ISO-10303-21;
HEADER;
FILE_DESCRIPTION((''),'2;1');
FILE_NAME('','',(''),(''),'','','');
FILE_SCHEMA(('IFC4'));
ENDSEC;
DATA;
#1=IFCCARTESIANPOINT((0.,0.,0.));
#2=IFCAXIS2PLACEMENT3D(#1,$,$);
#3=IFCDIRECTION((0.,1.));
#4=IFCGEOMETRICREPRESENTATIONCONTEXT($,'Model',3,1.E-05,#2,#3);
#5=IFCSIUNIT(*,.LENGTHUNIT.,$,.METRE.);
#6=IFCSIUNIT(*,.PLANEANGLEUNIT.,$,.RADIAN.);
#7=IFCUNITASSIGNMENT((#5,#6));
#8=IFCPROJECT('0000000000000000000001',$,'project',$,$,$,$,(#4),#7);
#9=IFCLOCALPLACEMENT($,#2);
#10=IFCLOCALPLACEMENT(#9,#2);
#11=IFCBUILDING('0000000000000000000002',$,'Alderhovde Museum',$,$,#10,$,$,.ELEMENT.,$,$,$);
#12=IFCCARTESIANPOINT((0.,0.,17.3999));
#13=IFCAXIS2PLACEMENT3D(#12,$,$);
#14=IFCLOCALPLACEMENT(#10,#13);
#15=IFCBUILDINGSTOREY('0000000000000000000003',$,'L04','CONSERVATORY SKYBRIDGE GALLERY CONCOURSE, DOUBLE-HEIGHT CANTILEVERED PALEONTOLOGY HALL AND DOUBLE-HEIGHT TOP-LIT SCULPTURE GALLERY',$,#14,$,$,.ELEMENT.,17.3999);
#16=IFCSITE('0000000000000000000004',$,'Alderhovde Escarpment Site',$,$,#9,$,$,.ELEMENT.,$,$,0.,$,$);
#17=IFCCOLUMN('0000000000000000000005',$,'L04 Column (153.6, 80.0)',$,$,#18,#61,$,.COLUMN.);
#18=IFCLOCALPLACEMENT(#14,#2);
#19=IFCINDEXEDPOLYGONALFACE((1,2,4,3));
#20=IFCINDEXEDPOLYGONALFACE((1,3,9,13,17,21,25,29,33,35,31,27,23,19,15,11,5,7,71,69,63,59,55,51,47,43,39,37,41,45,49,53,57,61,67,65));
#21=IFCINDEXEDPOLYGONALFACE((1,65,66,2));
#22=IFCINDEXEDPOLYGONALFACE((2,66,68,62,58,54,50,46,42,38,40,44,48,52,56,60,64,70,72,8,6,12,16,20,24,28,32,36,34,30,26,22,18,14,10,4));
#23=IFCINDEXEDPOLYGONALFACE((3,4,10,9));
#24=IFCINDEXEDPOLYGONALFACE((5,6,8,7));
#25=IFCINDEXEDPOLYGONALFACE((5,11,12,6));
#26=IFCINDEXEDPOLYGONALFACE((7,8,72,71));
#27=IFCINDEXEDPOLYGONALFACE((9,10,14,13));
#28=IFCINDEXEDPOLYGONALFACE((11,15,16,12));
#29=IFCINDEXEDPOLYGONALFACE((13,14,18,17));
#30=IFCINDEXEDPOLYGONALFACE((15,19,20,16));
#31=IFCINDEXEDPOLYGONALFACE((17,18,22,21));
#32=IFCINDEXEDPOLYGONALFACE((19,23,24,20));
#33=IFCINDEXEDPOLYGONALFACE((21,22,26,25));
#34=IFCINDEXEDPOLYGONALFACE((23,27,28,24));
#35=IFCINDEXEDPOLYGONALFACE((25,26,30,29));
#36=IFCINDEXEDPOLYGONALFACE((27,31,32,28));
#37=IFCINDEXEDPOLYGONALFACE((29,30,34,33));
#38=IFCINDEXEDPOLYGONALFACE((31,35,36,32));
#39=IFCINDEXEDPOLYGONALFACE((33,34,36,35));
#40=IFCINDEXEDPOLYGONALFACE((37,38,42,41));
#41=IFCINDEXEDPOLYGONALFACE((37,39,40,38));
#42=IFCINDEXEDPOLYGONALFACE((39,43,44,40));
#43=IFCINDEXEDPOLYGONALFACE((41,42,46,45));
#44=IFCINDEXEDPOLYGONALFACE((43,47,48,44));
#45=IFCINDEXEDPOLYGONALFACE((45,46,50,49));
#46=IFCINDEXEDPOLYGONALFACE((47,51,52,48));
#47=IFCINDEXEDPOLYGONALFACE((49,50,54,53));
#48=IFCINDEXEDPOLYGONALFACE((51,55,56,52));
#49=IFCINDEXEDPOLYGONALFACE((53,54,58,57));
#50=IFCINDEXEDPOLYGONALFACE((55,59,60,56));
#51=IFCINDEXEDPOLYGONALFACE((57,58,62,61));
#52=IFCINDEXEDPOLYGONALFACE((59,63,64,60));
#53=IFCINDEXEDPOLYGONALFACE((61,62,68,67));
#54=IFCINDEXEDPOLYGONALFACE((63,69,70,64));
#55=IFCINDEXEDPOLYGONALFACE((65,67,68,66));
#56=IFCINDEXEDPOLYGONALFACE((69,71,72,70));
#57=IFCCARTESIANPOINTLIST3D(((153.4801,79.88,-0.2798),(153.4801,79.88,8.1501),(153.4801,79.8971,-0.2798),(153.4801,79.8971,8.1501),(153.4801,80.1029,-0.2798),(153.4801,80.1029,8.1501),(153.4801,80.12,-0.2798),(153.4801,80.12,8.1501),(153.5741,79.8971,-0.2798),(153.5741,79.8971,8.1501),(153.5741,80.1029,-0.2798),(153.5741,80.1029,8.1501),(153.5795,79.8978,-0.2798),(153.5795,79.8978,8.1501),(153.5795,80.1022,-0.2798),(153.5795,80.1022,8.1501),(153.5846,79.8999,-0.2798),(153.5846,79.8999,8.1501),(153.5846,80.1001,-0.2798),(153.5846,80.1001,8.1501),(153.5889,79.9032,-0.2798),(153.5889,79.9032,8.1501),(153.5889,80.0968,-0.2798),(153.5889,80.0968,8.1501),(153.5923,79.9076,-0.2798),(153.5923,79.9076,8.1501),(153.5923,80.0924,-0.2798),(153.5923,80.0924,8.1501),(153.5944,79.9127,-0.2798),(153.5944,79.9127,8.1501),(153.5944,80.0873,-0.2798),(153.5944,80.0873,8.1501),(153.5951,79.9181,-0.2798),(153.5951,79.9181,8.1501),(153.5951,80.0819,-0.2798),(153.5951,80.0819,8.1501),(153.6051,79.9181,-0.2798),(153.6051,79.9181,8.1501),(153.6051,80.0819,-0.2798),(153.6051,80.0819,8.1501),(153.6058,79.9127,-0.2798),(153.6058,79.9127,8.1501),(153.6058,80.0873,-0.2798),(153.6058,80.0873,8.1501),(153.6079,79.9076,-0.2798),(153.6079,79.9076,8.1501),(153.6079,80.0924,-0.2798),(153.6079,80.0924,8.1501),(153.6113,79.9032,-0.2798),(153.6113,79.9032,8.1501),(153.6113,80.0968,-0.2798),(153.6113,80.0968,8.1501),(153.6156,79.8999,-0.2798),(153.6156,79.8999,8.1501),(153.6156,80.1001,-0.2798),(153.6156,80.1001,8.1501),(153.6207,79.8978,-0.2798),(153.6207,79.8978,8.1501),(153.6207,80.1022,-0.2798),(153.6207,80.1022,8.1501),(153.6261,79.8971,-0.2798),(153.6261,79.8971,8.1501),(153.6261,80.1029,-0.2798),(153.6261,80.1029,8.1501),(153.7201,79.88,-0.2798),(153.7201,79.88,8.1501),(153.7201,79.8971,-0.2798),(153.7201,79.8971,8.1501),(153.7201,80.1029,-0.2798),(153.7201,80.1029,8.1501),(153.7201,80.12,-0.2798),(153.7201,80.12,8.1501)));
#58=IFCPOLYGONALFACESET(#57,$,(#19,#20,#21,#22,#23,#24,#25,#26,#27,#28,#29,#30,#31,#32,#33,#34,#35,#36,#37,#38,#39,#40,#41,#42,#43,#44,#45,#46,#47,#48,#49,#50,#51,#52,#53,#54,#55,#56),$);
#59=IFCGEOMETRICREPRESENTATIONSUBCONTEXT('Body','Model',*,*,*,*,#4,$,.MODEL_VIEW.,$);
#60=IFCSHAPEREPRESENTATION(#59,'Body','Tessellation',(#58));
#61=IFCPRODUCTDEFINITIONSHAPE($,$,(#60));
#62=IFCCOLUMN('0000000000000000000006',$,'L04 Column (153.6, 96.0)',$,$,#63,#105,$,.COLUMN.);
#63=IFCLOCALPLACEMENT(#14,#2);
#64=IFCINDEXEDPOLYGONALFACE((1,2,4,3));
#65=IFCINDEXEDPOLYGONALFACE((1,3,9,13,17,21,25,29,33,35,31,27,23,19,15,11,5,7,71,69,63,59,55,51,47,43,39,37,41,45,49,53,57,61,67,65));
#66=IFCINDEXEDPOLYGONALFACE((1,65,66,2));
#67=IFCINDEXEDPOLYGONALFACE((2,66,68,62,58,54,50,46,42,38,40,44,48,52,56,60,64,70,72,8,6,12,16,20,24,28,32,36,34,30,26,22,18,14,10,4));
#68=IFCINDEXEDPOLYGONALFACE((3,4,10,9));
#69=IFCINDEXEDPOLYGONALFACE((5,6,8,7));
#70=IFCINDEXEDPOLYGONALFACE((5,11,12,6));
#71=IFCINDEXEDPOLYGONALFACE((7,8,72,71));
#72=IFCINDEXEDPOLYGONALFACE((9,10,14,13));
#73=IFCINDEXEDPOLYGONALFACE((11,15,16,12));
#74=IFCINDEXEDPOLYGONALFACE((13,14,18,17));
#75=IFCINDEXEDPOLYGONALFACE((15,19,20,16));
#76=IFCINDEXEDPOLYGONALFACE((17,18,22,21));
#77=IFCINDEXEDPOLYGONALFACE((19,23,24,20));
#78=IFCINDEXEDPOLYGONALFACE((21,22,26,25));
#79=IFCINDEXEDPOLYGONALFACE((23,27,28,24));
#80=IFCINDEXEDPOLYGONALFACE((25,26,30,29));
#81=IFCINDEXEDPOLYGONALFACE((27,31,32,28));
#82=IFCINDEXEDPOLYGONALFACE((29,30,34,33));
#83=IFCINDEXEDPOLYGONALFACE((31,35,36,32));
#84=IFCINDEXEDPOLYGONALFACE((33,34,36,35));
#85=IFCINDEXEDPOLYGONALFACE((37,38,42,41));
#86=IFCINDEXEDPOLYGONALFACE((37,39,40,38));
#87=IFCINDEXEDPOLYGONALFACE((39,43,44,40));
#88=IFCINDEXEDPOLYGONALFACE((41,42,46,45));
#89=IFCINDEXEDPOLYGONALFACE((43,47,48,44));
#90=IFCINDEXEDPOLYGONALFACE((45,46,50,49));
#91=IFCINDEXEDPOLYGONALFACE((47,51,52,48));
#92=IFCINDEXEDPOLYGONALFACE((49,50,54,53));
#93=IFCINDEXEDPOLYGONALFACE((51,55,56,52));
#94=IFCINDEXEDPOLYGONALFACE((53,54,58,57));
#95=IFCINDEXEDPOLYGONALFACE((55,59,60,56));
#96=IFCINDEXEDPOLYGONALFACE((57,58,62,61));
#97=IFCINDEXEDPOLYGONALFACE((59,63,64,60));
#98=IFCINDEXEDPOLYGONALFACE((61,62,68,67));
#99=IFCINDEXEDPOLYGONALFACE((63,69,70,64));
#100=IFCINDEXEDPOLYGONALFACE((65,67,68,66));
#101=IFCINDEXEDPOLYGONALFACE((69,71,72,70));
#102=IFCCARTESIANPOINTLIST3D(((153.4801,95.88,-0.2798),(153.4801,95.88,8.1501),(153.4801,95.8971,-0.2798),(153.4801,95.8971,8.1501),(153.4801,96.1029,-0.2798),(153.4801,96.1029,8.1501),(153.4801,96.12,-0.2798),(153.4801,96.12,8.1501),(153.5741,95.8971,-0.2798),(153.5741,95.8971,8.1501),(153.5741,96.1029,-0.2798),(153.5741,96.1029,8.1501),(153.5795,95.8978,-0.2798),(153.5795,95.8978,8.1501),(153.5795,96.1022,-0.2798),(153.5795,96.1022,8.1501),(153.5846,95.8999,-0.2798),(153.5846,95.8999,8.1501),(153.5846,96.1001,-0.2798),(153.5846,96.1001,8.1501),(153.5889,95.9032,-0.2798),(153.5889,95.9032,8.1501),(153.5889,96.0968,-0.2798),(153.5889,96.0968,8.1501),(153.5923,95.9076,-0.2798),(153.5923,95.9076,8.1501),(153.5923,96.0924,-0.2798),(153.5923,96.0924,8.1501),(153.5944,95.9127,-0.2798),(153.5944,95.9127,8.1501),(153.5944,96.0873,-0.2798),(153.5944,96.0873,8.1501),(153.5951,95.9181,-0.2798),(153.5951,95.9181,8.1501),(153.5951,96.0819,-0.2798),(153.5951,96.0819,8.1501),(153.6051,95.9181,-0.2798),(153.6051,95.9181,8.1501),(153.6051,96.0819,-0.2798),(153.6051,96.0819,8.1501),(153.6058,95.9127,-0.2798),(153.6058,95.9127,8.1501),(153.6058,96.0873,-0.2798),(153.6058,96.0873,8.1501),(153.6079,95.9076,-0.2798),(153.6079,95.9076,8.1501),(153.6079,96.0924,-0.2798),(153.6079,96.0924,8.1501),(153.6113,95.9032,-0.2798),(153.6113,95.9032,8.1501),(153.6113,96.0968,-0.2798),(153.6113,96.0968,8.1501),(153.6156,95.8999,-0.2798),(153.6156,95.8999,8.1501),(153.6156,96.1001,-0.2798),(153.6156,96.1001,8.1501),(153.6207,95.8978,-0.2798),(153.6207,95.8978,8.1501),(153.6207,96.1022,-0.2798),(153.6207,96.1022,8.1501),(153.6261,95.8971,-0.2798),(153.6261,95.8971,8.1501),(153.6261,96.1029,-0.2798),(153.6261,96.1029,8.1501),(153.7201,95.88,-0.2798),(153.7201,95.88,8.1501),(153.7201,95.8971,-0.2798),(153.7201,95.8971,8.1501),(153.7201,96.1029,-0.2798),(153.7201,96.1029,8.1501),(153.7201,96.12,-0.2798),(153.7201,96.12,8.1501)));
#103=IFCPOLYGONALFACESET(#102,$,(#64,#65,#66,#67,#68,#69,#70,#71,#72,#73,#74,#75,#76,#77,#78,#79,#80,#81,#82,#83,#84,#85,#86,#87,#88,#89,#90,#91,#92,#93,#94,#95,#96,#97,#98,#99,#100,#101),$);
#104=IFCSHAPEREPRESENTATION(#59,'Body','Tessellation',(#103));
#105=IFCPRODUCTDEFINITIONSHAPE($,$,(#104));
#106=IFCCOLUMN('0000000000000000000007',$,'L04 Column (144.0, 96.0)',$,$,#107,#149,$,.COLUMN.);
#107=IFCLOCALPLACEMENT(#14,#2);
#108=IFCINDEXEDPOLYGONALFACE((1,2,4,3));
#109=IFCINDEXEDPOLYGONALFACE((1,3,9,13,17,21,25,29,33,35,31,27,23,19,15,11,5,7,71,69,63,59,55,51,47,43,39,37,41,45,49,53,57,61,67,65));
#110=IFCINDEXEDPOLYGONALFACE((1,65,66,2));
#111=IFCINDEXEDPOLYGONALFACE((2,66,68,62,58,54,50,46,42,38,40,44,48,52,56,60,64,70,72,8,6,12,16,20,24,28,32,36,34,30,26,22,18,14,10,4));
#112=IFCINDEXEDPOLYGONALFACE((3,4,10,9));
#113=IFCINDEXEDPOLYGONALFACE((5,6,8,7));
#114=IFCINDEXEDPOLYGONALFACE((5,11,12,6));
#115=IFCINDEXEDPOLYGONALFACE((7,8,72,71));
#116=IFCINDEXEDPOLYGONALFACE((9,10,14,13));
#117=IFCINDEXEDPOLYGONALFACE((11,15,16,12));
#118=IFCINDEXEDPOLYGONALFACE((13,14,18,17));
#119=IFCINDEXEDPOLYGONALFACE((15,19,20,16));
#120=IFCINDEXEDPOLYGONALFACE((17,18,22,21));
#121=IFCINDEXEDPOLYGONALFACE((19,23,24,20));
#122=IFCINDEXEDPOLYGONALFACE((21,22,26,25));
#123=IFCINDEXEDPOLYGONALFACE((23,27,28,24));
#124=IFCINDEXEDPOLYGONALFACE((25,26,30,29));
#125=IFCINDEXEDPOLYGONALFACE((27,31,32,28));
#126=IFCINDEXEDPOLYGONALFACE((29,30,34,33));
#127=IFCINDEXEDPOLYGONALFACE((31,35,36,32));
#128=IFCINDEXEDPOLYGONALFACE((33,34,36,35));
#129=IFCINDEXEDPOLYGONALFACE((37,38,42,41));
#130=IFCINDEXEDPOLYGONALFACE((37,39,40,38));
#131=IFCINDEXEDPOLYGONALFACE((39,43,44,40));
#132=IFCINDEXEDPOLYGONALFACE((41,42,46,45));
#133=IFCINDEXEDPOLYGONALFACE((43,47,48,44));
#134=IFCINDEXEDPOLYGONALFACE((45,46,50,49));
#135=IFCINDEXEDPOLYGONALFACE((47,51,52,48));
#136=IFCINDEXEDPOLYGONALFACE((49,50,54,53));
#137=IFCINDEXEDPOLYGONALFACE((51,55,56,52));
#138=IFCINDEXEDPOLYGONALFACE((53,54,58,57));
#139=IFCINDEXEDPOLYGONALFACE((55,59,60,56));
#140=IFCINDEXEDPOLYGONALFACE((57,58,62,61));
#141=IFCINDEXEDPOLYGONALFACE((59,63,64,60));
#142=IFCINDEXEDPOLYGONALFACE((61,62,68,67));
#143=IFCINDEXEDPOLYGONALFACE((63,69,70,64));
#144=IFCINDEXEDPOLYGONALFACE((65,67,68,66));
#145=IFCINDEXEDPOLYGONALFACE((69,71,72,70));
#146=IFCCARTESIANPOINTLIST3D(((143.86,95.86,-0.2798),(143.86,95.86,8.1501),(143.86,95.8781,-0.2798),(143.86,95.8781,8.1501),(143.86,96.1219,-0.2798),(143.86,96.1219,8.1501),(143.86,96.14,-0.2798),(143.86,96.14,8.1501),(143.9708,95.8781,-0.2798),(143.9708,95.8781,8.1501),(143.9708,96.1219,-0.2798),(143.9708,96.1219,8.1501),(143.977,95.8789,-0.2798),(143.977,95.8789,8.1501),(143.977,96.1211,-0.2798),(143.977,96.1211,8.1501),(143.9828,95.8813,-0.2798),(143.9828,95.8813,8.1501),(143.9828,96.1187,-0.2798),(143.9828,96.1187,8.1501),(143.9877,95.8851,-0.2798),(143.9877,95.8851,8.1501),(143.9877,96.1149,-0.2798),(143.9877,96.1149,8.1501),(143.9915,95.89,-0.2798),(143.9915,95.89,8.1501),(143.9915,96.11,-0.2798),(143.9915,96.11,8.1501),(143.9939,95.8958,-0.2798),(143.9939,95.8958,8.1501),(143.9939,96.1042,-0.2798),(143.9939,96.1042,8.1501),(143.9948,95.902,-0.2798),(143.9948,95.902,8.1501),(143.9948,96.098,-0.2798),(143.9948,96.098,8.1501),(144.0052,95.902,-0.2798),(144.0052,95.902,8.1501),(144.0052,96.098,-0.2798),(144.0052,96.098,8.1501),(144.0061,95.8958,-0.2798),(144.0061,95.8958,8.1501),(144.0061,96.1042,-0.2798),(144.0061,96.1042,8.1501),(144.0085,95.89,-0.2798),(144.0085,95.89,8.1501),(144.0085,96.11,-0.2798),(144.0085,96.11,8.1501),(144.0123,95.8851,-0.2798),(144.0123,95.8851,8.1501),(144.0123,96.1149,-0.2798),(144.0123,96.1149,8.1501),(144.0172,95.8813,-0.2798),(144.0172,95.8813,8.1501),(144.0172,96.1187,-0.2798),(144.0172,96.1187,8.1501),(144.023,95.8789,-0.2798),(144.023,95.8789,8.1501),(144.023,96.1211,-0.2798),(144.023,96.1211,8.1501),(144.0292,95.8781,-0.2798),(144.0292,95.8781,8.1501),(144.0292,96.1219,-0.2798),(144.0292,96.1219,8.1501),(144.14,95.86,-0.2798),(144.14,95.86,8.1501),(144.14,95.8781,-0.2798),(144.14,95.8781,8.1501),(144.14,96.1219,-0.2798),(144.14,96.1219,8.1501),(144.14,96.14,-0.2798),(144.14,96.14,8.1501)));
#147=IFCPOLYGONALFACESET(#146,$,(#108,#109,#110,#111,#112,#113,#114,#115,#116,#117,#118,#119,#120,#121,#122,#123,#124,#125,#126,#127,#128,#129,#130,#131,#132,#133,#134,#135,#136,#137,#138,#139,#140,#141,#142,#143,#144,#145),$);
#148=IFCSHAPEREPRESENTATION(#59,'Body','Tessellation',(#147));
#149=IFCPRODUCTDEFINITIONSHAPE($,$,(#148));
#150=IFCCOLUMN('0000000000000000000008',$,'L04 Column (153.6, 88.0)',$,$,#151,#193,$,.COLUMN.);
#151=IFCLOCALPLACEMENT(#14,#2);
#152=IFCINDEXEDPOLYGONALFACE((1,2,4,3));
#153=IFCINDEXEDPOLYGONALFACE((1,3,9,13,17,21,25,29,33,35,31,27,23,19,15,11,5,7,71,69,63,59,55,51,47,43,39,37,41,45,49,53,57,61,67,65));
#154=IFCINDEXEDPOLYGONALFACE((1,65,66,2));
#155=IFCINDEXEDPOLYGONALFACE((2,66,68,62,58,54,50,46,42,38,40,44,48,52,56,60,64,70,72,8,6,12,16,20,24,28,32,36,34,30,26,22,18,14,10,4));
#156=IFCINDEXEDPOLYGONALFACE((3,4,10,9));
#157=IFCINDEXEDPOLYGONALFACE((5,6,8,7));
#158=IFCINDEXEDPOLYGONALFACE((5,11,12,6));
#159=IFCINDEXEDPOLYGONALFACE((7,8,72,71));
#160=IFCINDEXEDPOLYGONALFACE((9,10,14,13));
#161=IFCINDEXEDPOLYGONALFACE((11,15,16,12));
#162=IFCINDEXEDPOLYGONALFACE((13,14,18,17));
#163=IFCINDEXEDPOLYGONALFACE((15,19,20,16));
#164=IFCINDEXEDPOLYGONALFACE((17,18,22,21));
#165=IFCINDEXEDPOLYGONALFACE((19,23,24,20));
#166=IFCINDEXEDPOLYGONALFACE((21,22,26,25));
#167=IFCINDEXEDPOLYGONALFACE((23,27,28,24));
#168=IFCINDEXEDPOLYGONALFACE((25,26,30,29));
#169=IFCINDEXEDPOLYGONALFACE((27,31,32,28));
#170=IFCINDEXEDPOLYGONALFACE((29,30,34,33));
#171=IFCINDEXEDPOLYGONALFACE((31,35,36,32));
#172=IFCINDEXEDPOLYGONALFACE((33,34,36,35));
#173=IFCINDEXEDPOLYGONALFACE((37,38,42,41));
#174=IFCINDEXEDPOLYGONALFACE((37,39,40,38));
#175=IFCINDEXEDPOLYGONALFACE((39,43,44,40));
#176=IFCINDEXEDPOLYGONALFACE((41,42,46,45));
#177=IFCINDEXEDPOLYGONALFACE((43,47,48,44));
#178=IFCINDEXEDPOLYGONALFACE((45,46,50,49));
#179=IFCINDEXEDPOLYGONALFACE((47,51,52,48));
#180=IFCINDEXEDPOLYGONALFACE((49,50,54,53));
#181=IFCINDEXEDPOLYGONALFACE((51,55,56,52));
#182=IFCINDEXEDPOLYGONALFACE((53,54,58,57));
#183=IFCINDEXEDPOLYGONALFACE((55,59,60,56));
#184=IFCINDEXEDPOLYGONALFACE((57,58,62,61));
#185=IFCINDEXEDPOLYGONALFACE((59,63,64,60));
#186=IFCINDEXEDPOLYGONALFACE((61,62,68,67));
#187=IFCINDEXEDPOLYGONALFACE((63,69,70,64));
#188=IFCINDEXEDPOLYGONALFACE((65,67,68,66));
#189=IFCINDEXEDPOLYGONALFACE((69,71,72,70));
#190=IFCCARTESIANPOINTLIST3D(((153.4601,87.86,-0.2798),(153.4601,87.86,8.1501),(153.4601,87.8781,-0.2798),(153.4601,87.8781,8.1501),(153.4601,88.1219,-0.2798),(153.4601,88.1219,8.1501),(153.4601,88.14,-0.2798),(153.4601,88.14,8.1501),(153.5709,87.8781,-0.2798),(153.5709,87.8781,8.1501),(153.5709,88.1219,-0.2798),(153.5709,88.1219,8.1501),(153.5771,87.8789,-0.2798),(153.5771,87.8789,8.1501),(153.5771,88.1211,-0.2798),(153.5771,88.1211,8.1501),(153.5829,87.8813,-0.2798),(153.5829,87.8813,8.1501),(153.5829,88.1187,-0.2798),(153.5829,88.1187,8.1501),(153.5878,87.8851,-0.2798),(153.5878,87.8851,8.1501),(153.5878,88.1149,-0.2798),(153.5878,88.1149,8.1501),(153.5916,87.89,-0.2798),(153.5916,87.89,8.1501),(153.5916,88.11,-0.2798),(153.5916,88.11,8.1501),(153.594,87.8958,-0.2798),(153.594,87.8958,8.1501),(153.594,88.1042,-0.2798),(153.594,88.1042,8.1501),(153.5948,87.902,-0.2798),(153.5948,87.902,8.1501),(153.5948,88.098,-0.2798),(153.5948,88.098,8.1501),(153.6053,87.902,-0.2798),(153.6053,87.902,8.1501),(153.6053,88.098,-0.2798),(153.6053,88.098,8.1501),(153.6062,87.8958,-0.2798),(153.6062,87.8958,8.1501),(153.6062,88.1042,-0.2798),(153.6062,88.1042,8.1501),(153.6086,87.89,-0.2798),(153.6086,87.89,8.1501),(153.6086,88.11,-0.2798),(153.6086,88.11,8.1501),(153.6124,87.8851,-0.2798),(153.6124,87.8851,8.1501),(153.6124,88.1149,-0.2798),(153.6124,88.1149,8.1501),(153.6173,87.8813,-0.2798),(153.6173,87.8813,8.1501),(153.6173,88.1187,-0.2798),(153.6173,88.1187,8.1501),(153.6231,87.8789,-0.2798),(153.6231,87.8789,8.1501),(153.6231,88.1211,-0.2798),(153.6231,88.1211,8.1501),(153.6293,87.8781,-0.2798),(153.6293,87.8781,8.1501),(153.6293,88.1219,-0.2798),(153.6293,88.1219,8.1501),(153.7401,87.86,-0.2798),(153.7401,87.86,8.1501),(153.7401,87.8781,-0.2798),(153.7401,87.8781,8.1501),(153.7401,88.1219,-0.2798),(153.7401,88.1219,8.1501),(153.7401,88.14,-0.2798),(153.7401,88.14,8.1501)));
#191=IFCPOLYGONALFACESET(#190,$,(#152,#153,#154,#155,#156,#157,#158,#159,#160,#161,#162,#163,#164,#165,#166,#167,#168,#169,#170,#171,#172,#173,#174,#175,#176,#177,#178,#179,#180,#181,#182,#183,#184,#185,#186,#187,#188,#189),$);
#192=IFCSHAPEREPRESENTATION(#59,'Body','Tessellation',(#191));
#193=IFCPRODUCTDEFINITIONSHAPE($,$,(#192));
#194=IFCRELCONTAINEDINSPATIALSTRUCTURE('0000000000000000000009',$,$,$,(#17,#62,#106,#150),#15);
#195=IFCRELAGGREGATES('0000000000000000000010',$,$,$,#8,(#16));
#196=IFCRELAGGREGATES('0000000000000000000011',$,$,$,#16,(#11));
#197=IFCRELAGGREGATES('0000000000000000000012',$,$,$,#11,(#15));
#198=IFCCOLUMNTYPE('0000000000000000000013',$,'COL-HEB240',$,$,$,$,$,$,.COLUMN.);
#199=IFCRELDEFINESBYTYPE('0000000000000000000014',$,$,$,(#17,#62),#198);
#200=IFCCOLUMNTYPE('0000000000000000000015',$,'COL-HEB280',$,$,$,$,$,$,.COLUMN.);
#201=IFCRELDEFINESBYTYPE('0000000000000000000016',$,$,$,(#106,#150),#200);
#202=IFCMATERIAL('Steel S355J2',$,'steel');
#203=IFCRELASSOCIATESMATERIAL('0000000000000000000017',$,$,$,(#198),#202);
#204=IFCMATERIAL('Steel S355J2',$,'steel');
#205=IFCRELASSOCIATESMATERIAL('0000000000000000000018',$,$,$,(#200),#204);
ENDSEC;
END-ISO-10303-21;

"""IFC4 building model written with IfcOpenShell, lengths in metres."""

from ifc_helpers import new_model, si_unit, direction, frame, origin, origin_2d, place, context, subcontext, project, spatial, i_section, extrude, material, material_profile, profile_set, type_object, element, save


model = new_model("IFC4")

# Units and contexts
model_context = context("Model", 3, precision=1e-05, world=origin(), true_north=direction((0.0, 1.0)))
body_context = subcontext(model_context, "Body", "Model", "MODEL_VIEW")
ifc_project = project(units=[si_unit("LENGTHUNIT", "METRE"), si_unit("PLANEANGLEUNIT", "RADIAN")], contexts=[model_context])

# Site, building, storey
site_placement = place(None, origin())
site = spatial("IfcSite", under=ifc_project, at=site_placement, Name="Alderhovde Escarpment Site", CompositionType="ELEMENT", RefElevation=0.0)
building_placement = place(site_placement, origin())
building = spatial("IfcBuilding", under=site, at=building_placement, Name="Alderhovde Museum", CompositionType="ELEMENT")
storey_placement = place(building_placement, frame((0.0, 0.0, 17.3999)))
storey = spatial("IfcBuildingStorey", under=building, at=storey_placement, Name="L04", Description="CONSERVATORY SKYBRIDGE GALLERY CONCOURSE, DOUBLE-HEIGHT CANTILEVERED PALEONTOLOGY HALL AND DOUBLE-HEIGHT TOP-LIT SCULPTURE GALLERY", CompositionType="ELEMENT", Elevation=17.3999)

# Columns
ifc_material_1 = material(Name="Steel S355J2", Category="steel")
ifc_material_profile_1 = material_profile(ifc_material_1, i_section(OverallWidth=0.24, OverallDepth=0.24, WebThickness=0.01, FlangeThickness=0.0171, FilletRadius=0.021, at=origin_2d()), Name="HEB 240")
ifc_profile_set_1 = profile_set([ifc_material_profile_1], Name="Steel S355J2")
column_type_1 = type_object("IfcColumnType", Name="COL-HEB240", PredefinedType="COLUMN", material=ifc_profile_set_1)
for number, where, z_axis, x_axis, name in (
    (1, (153.6001, 80.0, -0.2798), (0.0, 0.0, 1.0), (1.0, 0.0, 0.0), "L04 Column (153.6, 80.0)"),
    (2, (153.6001, 96.0, -0.2798), (0.0, 0.0, 1.0), (1.0, 0.0, 0.0), "L04 Column (153.6, 96.0)"),
):
    element("IfcColumn", number, at=place(storey_placement, frame(where, z_axis=z_axis, x_axis=x_axis)), inside=storey, type_object=column_type_1, Name=name, PredefinedType="COLUMN", context=body_context, shape_type="SweptSolid", body=[
        extrude(i_section(OverallWidth=0.24, OverallDepth=0.24, WebThickness=0.01, FlangeThickness=0.0171, FilletRadius=0.021, at=origin_2d()), origin(), (0.0, 0.0, 1.0), 8.4299),
    ])
ifc_material_2 = material(Name="Steel S355J2", Category="steel")
ifc_material_profile_2 = material_profile(ifc_material_2, i_section(OverallWidth=0.28, OverallDepth=0.28, WebThickness=0.0105, FlangeThickness=0.0181, FilletRadius=0.0239, at=origin_2d()), Name="HEB 280")
ifc_profile_set_2 = profile_set([ifc_material_profile_2], Name="Steel S355J2")
column_type_2 = type_object("IfcColumnType", Name="COL-HEB280", PredefinedType="COLUMN", material=ifc_profile_set_2)
for number, where, z_axis, x_axis, name in (
    (3, (144.0, 96.0, -0.2798), (0.0, 0.0, 1.0), (1.0, 0.0, 0.0), "L04 Column (144.0, 96.0)"),
    (4, (153.6001, 88.0, -0.2798), (0.0, 0.0, 1.0), (1.0, 0.0, 0.0), "L04 Column (153.6, 88.0)"),
):
    element("IfcColumn", number, at=place(storey_placement, frame(where, z_axis=z_axis, x_axis=x_axis)), inside=storey, type_object=column_type_2, Name=name, PredefinedType="COLUMN", context=body_context, shape_type="SweptSolid", body=[
        extrude(i_section(OverallWidth=0.28, OverallDepth=0.28, WebThickness=0.0105, FlangeThickness=0.0181, FilletRadius=0.0239, at=origin_2d()), origin(), (0.0, 0.0, 1.0), 8.4299),
    ])

save(model, "model.ifc")
